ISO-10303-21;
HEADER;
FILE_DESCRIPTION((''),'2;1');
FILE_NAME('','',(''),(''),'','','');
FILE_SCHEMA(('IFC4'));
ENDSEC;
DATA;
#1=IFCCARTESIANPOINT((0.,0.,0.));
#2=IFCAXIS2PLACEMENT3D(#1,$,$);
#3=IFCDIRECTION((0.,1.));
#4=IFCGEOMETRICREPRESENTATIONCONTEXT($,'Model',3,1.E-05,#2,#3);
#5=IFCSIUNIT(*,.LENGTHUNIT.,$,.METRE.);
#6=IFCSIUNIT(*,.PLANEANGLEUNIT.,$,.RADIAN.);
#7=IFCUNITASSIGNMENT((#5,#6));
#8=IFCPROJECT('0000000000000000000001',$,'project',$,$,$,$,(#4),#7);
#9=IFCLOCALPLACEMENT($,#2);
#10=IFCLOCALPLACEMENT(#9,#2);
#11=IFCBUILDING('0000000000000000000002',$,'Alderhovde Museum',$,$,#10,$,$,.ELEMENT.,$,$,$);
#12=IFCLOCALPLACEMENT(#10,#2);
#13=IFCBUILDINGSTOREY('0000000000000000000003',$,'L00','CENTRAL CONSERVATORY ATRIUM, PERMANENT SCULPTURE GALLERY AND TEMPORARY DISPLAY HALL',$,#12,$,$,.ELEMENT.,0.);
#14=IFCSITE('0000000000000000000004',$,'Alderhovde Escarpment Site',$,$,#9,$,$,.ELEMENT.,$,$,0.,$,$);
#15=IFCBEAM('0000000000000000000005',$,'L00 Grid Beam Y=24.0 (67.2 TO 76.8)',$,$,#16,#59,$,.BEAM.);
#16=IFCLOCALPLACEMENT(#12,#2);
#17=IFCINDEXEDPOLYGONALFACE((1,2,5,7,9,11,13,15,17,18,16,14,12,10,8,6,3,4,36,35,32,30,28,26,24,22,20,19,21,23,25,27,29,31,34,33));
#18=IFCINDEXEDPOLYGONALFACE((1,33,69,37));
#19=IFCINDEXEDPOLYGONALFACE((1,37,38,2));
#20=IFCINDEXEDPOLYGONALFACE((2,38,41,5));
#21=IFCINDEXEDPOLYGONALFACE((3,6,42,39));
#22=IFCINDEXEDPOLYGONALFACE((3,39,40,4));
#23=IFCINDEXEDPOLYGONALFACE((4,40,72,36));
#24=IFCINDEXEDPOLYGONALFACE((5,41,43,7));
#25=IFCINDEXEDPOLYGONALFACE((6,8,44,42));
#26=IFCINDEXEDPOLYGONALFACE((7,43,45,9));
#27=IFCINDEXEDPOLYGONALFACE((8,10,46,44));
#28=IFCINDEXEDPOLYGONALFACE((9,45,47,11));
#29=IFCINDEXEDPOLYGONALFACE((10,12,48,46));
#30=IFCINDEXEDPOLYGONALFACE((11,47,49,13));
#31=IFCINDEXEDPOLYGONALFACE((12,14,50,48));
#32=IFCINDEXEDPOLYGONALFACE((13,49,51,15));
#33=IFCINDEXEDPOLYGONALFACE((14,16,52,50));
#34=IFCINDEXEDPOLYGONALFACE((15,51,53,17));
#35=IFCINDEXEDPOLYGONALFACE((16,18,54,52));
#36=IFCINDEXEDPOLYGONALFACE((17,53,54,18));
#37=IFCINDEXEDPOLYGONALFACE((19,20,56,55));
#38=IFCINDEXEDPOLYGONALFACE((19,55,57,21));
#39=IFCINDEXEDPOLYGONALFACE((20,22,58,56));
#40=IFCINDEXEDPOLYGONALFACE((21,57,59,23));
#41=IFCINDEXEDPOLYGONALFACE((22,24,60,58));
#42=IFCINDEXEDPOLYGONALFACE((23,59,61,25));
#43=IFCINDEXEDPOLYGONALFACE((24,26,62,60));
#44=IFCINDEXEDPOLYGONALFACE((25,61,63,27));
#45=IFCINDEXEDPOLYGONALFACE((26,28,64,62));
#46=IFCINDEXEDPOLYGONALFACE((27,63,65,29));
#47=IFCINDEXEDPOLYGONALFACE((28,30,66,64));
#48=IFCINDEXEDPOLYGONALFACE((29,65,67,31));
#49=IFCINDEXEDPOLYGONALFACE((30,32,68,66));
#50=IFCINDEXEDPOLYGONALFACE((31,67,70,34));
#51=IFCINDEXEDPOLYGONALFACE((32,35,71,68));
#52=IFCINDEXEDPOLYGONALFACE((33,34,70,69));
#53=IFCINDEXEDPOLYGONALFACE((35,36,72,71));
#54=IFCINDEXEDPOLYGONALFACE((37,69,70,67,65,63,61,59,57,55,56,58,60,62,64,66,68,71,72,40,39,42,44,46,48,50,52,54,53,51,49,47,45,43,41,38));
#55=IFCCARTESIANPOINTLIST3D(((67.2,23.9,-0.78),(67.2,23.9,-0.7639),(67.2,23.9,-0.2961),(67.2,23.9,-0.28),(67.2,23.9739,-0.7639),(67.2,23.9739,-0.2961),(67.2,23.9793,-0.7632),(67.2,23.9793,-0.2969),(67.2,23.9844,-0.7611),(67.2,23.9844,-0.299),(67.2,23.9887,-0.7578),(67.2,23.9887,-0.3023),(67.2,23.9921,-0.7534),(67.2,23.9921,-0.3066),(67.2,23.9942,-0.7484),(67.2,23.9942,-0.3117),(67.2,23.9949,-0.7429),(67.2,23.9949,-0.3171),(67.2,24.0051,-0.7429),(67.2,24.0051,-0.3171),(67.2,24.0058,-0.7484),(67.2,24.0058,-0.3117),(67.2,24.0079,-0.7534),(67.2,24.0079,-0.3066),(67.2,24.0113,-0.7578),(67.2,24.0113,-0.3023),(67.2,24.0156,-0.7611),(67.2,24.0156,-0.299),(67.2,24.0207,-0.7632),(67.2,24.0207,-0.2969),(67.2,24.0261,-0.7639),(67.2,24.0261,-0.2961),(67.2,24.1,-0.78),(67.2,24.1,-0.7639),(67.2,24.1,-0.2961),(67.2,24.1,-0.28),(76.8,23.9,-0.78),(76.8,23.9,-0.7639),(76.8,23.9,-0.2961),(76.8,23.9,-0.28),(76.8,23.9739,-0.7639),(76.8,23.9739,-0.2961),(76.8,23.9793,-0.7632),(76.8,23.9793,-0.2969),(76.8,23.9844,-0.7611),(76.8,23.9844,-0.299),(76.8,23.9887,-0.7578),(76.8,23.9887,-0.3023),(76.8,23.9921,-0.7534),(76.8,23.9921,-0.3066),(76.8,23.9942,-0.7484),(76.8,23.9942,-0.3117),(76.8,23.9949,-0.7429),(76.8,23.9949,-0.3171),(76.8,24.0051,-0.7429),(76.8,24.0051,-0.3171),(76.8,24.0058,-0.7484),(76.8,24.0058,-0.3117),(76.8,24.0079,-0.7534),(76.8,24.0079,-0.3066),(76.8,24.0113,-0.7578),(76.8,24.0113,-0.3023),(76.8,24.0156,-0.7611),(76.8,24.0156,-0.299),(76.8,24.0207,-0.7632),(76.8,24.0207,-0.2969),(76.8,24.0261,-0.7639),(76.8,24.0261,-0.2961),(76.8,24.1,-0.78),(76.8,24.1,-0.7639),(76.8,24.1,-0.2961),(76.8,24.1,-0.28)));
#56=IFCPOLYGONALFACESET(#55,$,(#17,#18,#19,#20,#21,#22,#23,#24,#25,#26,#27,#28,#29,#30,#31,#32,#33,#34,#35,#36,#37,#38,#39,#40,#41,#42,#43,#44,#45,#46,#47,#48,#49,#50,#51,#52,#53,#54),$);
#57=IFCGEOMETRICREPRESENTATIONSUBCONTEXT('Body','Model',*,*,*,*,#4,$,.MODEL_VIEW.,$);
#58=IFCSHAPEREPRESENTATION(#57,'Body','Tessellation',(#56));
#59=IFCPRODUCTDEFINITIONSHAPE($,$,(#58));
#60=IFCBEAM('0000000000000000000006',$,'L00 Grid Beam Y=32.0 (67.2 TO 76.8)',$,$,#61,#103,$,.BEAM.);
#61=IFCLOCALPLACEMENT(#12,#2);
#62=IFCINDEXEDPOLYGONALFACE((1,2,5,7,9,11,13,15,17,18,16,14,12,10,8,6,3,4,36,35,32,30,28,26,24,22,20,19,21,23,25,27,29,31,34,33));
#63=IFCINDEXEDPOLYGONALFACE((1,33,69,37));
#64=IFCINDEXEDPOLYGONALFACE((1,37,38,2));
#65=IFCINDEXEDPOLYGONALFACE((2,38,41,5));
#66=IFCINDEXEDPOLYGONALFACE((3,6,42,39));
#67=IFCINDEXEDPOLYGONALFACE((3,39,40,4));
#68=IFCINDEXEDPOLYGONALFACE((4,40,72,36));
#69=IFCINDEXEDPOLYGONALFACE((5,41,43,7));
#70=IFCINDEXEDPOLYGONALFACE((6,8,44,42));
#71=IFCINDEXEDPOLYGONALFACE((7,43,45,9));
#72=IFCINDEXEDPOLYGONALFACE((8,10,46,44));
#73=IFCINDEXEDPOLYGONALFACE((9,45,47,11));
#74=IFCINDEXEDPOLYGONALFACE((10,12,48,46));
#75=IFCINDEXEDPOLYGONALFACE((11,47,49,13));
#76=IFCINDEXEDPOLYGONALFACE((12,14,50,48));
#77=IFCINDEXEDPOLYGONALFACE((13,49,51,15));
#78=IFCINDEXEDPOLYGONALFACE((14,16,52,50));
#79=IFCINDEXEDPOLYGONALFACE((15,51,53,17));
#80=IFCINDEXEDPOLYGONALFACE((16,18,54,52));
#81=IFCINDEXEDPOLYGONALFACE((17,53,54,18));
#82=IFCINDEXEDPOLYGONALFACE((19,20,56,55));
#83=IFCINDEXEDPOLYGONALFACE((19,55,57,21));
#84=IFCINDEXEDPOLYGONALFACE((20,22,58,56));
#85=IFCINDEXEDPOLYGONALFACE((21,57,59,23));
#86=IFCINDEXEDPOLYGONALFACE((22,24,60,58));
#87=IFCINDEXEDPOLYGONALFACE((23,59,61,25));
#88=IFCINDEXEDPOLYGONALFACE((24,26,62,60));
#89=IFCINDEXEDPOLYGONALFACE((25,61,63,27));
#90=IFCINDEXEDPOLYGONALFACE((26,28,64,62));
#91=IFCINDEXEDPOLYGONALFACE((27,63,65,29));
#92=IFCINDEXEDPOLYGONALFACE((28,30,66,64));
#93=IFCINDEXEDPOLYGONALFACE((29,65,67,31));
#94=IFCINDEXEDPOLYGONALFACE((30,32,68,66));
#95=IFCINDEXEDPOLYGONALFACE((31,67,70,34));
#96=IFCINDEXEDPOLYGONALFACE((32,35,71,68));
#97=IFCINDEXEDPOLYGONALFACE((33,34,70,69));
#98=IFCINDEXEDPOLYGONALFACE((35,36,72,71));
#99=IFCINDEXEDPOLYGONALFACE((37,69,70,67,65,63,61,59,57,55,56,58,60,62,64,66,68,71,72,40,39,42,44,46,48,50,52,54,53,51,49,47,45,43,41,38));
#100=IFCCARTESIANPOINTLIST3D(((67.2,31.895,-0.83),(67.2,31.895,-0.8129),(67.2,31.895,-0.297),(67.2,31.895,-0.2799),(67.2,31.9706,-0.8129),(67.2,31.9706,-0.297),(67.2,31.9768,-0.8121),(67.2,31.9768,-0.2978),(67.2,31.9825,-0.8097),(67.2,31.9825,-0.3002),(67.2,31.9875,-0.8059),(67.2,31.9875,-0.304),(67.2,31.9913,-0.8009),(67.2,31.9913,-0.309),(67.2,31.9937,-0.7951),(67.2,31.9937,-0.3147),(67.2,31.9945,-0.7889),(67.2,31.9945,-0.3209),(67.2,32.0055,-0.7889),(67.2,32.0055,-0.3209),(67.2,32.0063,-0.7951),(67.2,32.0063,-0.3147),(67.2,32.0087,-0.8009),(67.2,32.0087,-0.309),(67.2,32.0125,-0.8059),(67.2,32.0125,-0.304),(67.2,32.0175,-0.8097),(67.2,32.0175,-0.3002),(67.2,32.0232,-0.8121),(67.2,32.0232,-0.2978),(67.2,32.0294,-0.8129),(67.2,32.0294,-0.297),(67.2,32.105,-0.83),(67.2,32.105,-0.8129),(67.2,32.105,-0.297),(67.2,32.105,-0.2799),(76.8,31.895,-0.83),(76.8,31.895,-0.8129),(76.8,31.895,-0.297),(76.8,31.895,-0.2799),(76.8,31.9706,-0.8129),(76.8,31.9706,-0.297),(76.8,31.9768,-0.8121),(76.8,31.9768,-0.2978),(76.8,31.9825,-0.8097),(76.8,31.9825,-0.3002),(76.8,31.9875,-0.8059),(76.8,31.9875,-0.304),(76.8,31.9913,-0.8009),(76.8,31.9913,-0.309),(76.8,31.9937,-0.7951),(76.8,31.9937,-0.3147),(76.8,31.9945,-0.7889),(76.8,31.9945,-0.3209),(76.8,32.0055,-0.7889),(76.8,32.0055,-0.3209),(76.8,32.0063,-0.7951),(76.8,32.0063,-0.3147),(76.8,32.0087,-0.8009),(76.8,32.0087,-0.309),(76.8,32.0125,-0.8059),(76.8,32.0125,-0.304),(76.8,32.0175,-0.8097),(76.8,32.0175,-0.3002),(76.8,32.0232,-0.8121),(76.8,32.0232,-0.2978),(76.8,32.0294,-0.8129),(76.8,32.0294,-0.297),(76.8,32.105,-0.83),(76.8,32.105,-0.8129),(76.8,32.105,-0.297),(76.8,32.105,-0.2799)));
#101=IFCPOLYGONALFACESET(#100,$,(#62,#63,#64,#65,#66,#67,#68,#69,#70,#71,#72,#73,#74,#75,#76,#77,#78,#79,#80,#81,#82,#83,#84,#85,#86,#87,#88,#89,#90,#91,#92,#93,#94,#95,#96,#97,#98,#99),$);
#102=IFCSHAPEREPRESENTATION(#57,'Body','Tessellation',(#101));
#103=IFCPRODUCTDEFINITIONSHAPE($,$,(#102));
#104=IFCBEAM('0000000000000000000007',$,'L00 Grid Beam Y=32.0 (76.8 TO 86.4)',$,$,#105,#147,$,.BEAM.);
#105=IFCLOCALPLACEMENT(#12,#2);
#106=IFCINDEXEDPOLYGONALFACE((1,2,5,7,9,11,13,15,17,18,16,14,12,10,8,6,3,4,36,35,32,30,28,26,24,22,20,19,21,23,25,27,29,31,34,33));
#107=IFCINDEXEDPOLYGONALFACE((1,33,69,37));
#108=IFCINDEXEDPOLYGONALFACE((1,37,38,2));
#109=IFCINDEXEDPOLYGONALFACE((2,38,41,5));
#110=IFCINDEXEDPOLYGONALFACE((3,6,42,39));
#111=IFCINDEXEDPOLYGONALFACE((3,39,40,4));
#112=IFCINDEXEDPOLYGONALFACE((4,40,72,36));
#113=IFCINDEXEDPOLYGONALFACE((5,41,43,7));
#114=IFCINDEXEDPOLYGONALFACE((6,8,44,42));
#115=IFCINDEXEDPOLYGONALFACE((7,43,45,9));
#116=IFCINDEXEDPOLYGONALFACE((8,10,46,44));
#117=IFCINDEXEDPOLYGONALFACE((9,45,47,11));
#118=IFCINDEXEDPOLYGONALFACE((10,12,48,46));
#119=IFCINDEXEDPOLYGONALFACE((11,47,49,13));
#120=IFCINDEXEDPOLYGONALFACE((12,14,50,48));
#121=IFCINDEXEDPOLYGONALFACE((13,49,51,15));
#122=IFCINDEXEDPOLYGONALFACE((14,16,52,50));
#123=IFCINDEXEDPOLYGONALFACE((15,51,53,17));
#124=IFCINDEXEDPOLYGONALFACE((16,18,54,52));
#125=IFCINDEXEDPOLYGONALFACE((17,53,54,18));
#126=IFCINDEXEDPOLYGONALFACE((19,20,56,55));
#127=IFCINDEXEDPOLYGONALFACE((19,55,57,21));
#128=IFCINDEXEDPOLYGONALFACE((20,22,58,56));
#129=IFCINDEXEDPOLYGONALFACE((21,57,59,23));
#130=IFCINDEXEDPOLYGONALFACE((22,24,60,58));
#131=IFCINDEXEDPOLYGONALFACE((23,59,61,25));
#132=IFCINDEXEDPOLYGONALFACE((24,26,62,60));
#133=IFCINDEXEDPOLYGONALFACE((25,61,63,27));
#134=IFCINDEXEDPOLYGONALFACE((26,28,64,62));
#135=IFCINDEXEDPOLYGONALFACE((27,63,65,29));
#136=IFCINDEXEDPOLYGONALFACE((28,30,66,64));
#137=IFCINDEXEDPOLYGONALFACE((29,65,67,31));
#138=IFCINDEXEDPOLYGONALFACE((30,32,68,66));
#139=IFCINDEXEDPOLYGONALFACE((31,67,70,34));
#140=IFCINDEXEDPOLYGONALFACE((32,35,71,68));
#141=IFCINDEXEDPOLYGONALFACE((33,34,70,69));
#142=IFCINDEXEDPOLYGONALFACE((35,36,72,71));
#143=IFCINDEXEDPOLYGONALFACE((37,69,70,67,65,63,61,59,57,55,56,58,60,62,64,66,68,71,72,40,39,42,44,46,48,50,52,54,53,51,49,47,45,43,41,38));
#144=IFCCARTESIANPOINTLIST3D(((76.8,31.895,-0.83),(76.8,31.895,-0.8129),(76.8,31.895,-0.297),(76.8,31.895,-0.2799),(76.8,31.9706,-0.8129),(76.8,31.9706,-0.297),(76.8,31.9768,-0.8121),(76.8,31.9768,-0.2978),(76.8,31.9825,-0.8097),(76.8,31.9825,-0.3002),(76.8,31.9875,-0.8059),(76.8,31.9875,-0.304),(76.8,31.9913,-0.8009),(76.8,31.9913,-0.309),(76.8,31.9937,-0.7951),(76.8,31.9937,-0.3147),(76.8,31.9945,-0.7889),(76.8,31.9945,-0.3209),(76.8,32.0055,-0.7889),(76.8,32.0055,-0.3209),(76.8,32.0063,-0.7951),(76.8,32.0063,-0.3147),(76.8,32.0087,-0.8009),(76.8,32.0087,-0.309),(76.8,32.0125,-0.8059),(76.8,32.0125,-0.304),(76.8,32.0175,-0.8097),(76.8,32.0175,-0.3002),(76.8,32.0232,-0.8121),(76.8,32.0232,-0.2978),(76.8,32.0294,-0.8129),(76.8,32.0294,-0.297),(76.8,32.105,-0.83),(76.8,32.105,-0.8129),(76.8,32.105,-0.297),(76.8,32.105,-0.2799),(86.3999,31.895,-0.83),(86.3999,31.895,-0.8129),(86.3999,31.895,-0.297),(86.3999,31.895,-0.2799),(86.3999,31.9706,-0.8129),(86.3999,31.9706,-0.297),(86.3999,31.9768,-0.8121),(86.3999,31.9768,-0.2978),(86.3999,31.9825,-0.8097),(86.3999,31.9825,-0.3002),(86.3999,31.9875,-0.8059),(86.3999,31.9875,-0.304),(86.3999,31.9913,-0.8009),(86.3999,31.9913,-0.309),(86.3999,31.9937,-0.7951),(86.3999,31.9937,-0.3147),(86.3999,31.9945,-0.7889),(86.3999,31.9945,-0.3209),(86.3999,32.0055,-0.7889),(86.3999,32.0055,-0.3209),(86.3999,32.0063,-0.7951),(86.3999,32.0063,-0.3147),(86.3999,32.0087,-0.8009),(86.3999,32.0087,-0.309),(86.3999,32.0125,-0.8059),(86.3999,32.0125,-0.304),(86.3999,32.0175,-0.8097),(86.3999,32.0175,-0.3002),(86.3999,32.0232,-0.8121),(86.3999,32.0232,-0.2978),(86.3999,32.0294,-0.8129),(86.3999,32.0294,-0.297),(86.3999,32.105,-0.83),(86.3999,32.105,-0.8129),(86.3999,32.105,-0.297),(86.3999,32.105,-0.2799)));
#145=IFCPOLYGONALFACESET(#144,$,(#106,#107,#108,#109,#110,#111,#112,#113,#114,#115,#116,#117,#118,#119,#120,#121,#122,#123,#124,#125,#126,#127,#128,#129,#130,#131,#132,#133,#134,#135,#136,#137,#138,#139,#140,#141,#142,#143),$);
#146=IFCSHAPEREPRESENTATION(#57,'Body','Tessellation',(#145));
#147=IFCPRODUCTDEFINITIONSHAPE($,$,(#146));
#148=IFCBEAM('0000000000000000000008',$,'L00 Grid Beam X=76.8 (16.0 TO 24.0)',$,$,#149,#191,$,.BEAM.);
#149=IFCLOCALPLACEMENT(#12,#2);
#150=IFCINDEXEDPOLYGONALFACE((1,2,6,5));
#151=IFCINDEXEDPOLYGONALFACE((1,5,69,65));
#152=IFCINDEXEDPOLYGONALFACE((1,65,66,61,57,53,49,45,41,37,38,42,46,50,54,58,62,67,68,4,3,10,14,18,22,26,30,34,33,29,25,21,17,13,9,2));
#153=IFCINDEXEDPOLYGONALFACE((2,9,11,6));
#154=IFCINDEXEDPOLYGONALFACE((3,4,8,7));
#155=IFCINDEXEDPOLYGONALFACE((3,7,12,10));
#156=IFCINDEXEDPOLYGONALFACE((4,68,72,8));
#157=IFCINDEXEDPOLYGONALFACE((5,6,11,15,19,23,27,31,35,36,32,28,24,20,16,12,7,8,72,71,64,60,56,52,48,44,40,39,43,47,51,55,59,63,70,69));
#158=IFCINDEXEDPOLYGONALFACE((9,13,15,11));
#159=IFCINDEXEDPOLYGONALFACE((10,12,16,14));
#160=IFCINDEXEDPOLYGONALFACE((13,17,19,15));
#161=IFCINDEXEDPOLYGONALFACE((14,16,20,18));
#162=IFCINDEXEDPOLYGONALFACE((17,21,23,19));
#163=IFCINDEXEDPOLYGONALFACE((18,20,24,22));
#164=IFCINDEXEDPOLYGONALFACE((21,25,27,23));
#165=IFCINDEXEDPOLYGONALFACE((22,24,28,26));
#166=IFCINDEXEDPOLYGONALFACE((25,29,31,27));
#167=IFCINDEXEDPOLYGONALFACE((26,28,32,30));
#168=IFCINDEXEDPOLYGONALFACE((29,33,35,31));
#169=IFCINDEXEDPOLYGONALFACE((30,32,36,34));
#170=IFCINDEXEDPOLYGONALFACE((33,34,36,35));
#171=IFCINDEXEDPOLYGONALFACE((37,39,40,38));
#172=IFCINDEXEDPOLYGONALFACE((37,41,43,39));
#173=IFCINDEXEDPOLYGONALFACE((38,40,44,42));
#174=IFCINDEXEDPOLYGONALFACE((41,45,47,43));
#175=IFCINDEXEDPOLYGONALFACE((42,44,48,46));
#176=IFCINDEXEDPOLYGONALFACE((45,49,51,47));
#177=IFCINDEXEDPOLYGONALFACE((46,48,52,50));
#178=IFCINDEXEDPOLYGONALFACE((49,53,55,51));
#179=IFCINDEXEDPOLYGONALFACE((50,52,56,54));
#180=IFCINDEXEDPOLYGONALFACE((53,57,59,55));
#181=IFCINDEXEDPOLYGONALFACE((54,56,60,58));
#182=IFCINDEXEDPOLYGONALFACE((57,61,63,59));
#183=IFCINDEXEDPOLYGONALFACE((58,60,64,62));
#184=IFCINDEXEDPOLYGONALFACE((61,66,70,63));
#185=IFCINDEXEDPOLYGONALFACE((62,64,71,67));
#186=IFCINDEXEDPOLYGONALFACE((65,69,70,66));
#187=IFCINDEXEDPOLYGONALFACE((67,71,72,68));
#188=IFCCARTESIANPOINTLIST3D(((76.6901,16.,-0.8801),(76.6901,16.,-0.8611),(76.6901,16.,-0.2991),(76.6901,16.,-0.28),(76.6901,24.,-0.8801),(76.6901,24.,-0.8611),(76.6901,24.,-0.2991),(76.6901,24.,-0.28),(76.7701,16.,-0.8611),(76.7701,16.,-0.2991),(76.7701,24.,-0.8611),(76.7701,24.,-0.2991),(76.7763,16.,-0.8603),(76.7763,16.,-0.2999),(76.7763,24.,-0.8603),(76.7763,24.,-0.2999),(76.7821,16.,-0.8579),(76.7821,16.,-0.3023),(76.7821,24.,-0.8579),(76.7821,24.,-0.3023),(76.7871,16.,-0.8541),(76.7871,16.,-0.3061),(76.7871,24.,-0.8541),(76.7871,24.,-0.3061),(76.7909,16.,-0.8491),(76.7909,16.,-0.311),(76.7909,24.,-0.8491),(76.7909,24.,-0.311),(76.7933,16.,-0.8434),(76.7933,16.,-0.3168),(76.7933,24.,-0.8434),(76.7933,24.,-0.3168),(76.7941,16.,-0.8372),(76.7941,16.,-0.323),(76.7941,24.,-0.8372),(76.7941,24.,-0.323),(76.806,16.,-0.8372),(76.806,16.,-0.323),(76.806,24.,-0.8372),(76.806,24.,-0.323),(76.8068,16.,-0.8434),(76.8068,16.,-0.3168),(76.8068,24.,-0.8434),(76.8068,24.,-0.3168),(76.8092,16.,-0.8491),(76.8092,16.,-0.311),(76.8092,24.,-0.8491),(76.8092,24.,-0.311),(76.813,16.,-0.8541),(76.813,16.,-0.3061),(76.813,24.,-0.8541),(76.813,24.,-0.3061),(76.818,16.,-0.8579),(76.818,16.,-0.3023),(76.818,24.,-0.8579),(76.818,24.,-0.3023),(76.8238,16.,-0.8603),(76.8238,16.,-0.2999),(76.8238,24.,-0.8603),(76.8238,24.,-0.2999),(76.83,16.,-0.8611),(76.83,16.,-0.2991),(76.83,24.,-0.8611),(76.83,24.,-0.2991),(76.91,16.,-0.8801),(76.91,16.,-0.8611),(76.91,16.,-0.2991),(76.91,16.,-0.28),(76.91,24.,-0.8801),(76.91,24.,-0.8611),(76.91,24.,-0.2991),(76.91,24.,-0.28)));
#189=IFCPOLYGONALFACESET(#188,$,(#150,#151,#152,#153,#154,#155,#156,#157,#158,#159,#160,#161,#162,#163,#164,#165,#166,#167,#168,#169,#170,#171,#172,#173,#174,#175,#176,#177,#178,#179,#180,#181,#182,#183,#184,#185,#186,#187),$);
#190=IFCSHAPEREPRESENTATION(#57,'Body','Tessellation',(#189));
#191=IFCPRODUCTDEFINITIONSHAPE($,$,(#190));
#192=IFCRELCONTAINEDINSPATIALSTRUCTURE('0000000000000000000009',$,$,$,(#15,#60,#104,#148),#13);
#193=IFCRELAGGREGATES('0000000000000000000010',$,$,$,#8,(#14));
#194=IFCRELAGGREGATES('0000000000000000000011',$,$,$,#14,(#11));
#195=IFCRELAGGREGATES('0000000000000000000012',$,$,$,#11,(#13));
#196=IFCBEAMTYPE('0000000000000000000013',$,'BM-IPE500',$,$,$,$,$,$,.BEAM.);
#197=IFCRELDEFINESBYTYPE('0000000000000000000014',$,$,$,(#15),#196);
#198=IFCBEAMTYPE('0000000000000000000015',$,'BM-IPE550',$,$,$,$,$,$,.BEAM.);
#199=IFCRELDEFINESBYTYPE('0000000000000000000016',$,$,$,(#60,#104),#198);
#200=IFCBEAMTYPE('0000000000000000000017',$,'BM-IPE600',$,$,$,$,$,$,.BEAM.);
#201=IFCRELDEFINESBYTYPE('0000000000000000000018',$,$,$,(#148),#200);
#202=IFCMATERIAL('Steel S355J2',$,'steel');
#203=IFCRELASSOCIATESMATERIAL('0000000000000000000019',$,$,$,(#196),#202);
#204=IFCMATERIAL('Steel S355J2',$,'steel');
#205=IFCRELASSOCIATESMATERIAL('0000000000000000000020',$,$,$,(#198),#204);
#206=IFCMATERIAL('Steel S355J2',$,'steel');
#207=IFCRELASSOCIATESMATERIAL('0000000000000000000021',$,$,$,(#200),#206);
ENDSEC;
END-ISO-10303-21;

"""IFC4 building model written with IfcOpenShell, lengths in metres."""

from ifc_helpers import new_model, si_unit, direction, frame, origin, origin_2d, place, context, subcontext, project, spatial, i_section, extrude, material, material_profile, profile_set, type_object, element, save


model = new_model("IFC4")

# Units and contexts
model_context = context("Model", 3, precision=1e-05, world=origin(), true_north=direction((0.0, 1.0)))
body_context = subcontext(model_context, "Body", "Model", "MODEL_VIEW")
ifc_project = project(units=[si_unit("LENGTHUNIT", "METRE"), si_unit("PLANEANGLEUNIT", "RADIAN")], contexts=[model_context])

# Site, building, storey
site_placement = place(None, origin())
site = spatial("IfcSite", under=ifc_project, at=site_placement, Name="Alderhovde Escarpment Site", CompositionType="ELEMENT", RefElevation=0.0)
building_placement = place(site_placement, origin())
building = spatial("IfcBuilding", under=site, at=building_placement, Name="Alderhovde Museum", CompositionType="ELEMENT")
storey_placement = place(building_placement, origin())
storey = spatial("IfcBuildingStorey", under=building, at=storey_placement, Name="L00", Description="CENTRAL CONSERVATORY ATRIUM, PERMANENT SCULPTURE GALLERY AND TEMPORARY DISPLAY HALL", CompositionType="ELEMENT", Elevation=0.0)

# Beams
ifc_material_1 = material(Name="Steel S355J2", Category="steel")
ifc_material_profile_1 = material_profile(ifc_material_1, i_section(OverallWidth=0.2, OverallDepth=0.5, WebThickness=0.0103, FlangeThickness=0.0161, FilletRadius=0.021, at=origin_2d()), Name="IPE 500")
ifc_profile_set_1 = profile_set([ifc_material_profile_1], Name="Steel S355J2")
beam_type_1 = type_object("IfcBeamType", Name="BM-IPE500", PredefinedType="BEAM", material=ifc_profile_set_1)
beam_1_placement = place(storey_placement, frame((67.2, 24.0, -0.53), z_axis=(1.0, 0.0, 0.0), x_axis=(0.0, 1.0, 0.0)))
element("IfcBeam", 1, at=beam_1_placement, inside=storey, type_object=beam_type_1, Name="L00 Grid Beam Y=24.0 (67.2 TO 76.8)", PredefinedType="BEAM", context=body_context, shape_type="SweptSolid", body=[
    extrude(i_section(OverallWidth=0.2, OverallDepth=0.5, WebThickness=0.0103, FlangeThickness=0.0161, FilletRadius=0.021, at=origin_2d()), origin(), (0.0, 0.0, 1.0), 9.6001),
])
ifc_material_2 = material(Name="Steel S355J2", Category="steel")
ifc_material_profile_2 = material_profile(ifc_material_2, i_section(OverallWidth=0.21, OverallDepth=0.55, WebThickness=0.011, FlangeThickness=0.0171, FilletRadius=0.0239, at=origin_2d()), Name="IPE 550")
ifc_profile_set_2 = profile_set([ifc_material_profile_2], Name="Steel S355J2")
beam_type_2 = type_object("IfcBeamType", Name="BM-IPE550", PredefinedType="BEAM", material=ifc_profile_set_2)
beam_2_placement = place(storey_placement, frame((67.2, 32.0, -0.5549), z_axis=(1.0, 0.0, 0.0), x_axis=(0.0, 1.0, 0.0)))
element("IfcBeam", 2, at=beam_2_placement, inside=storey, type_object=beam_type_2, Name="L00 Grid Beam Y=32.0 (67.2 TO 76.8)", PredefinedType="BEAM", context=body_context, shape_type="SweptSolid", body=[
    extrude(i_section(OverallWidth=0.21, OverallDepth=0.55, WebThickness=0.011, FlangeThickness=0.0171, FilletRadius=0.0239, at=origin_2d()), origin(), (0.0, 0.0, 1.0), 9.6001),
])
beam_3_placement = place(storey_placement, frame((76.8, 32.0, -0.5549), z_axis=(1.0, 0.0, 0.0), x_axis=(0.0, 1.0, 0.0)))
element("IfcBeam", 3, at=beam_3_placement, inside=storey, type_object=beam_type_2, Name="L00 Grid Beam Y=32.0 (76.8 TO 86.4)", PredefinedType="BEAM", context=body_context, shape_type="SweptSolid", body=[
    extrude(i_section(OverallWidth=0.21, OverallDepth=0.55, WebThickness=0.011, FlangeThickness=0.0171, FilletRadius=0.0239, at=origin_2d()), origin(), (0.0, 0.0, 1.0), 9.5999),
])
ifc_material_3 = material(Name="Steel S355J2", Category="steel")
ifc_material_profile_3 = material_profile(ifc_material_3, i_section(OverallWidth=0.22, OverallDepth=0.6001, WebThickness=0.012, FlangeThickness=0.019, FilletRadius=0.0239, at=origin_2d()), Name="IPE 600")
ifc_profile_set_3 = profile_set([ifc_material_profile_3], Name="Steel S355J2")
beam_type_3 = type_object("IfcBeamType", Name="BM-IPE600", PredefinedType="BEAM", material=ifc_profile_set_3)
for number, where, z_axis, x_axis, name in (
    (4, (76.8, 16.0, -0.5801), (0.0, 1.0, 0.0), (-1.0, 0.0, 0.0), "L00 Grid Beam X=76.8 (16.0 TO 24.0)"),
):
    element("IfcBeam", number, at=place(storey_placement, frame(where, z_axis=z_axis, x_axis=x_axis)), inside=storey, type_object=beam_type_3, Name=name, PredefinedType="BEAM", context=body_context, shape_type="SweptSolid", body=[
        extrude(i_section(OverallWidth=0.22, OverallDepth=0.6001, WebThickness=0.012, FlangeThickness=0.019, FilletRadius=0.0239, at=origin_2d()), origin(), (0.0, 0.0, 1.0), 8.0),
    ])

save(model, "model.ifc")
